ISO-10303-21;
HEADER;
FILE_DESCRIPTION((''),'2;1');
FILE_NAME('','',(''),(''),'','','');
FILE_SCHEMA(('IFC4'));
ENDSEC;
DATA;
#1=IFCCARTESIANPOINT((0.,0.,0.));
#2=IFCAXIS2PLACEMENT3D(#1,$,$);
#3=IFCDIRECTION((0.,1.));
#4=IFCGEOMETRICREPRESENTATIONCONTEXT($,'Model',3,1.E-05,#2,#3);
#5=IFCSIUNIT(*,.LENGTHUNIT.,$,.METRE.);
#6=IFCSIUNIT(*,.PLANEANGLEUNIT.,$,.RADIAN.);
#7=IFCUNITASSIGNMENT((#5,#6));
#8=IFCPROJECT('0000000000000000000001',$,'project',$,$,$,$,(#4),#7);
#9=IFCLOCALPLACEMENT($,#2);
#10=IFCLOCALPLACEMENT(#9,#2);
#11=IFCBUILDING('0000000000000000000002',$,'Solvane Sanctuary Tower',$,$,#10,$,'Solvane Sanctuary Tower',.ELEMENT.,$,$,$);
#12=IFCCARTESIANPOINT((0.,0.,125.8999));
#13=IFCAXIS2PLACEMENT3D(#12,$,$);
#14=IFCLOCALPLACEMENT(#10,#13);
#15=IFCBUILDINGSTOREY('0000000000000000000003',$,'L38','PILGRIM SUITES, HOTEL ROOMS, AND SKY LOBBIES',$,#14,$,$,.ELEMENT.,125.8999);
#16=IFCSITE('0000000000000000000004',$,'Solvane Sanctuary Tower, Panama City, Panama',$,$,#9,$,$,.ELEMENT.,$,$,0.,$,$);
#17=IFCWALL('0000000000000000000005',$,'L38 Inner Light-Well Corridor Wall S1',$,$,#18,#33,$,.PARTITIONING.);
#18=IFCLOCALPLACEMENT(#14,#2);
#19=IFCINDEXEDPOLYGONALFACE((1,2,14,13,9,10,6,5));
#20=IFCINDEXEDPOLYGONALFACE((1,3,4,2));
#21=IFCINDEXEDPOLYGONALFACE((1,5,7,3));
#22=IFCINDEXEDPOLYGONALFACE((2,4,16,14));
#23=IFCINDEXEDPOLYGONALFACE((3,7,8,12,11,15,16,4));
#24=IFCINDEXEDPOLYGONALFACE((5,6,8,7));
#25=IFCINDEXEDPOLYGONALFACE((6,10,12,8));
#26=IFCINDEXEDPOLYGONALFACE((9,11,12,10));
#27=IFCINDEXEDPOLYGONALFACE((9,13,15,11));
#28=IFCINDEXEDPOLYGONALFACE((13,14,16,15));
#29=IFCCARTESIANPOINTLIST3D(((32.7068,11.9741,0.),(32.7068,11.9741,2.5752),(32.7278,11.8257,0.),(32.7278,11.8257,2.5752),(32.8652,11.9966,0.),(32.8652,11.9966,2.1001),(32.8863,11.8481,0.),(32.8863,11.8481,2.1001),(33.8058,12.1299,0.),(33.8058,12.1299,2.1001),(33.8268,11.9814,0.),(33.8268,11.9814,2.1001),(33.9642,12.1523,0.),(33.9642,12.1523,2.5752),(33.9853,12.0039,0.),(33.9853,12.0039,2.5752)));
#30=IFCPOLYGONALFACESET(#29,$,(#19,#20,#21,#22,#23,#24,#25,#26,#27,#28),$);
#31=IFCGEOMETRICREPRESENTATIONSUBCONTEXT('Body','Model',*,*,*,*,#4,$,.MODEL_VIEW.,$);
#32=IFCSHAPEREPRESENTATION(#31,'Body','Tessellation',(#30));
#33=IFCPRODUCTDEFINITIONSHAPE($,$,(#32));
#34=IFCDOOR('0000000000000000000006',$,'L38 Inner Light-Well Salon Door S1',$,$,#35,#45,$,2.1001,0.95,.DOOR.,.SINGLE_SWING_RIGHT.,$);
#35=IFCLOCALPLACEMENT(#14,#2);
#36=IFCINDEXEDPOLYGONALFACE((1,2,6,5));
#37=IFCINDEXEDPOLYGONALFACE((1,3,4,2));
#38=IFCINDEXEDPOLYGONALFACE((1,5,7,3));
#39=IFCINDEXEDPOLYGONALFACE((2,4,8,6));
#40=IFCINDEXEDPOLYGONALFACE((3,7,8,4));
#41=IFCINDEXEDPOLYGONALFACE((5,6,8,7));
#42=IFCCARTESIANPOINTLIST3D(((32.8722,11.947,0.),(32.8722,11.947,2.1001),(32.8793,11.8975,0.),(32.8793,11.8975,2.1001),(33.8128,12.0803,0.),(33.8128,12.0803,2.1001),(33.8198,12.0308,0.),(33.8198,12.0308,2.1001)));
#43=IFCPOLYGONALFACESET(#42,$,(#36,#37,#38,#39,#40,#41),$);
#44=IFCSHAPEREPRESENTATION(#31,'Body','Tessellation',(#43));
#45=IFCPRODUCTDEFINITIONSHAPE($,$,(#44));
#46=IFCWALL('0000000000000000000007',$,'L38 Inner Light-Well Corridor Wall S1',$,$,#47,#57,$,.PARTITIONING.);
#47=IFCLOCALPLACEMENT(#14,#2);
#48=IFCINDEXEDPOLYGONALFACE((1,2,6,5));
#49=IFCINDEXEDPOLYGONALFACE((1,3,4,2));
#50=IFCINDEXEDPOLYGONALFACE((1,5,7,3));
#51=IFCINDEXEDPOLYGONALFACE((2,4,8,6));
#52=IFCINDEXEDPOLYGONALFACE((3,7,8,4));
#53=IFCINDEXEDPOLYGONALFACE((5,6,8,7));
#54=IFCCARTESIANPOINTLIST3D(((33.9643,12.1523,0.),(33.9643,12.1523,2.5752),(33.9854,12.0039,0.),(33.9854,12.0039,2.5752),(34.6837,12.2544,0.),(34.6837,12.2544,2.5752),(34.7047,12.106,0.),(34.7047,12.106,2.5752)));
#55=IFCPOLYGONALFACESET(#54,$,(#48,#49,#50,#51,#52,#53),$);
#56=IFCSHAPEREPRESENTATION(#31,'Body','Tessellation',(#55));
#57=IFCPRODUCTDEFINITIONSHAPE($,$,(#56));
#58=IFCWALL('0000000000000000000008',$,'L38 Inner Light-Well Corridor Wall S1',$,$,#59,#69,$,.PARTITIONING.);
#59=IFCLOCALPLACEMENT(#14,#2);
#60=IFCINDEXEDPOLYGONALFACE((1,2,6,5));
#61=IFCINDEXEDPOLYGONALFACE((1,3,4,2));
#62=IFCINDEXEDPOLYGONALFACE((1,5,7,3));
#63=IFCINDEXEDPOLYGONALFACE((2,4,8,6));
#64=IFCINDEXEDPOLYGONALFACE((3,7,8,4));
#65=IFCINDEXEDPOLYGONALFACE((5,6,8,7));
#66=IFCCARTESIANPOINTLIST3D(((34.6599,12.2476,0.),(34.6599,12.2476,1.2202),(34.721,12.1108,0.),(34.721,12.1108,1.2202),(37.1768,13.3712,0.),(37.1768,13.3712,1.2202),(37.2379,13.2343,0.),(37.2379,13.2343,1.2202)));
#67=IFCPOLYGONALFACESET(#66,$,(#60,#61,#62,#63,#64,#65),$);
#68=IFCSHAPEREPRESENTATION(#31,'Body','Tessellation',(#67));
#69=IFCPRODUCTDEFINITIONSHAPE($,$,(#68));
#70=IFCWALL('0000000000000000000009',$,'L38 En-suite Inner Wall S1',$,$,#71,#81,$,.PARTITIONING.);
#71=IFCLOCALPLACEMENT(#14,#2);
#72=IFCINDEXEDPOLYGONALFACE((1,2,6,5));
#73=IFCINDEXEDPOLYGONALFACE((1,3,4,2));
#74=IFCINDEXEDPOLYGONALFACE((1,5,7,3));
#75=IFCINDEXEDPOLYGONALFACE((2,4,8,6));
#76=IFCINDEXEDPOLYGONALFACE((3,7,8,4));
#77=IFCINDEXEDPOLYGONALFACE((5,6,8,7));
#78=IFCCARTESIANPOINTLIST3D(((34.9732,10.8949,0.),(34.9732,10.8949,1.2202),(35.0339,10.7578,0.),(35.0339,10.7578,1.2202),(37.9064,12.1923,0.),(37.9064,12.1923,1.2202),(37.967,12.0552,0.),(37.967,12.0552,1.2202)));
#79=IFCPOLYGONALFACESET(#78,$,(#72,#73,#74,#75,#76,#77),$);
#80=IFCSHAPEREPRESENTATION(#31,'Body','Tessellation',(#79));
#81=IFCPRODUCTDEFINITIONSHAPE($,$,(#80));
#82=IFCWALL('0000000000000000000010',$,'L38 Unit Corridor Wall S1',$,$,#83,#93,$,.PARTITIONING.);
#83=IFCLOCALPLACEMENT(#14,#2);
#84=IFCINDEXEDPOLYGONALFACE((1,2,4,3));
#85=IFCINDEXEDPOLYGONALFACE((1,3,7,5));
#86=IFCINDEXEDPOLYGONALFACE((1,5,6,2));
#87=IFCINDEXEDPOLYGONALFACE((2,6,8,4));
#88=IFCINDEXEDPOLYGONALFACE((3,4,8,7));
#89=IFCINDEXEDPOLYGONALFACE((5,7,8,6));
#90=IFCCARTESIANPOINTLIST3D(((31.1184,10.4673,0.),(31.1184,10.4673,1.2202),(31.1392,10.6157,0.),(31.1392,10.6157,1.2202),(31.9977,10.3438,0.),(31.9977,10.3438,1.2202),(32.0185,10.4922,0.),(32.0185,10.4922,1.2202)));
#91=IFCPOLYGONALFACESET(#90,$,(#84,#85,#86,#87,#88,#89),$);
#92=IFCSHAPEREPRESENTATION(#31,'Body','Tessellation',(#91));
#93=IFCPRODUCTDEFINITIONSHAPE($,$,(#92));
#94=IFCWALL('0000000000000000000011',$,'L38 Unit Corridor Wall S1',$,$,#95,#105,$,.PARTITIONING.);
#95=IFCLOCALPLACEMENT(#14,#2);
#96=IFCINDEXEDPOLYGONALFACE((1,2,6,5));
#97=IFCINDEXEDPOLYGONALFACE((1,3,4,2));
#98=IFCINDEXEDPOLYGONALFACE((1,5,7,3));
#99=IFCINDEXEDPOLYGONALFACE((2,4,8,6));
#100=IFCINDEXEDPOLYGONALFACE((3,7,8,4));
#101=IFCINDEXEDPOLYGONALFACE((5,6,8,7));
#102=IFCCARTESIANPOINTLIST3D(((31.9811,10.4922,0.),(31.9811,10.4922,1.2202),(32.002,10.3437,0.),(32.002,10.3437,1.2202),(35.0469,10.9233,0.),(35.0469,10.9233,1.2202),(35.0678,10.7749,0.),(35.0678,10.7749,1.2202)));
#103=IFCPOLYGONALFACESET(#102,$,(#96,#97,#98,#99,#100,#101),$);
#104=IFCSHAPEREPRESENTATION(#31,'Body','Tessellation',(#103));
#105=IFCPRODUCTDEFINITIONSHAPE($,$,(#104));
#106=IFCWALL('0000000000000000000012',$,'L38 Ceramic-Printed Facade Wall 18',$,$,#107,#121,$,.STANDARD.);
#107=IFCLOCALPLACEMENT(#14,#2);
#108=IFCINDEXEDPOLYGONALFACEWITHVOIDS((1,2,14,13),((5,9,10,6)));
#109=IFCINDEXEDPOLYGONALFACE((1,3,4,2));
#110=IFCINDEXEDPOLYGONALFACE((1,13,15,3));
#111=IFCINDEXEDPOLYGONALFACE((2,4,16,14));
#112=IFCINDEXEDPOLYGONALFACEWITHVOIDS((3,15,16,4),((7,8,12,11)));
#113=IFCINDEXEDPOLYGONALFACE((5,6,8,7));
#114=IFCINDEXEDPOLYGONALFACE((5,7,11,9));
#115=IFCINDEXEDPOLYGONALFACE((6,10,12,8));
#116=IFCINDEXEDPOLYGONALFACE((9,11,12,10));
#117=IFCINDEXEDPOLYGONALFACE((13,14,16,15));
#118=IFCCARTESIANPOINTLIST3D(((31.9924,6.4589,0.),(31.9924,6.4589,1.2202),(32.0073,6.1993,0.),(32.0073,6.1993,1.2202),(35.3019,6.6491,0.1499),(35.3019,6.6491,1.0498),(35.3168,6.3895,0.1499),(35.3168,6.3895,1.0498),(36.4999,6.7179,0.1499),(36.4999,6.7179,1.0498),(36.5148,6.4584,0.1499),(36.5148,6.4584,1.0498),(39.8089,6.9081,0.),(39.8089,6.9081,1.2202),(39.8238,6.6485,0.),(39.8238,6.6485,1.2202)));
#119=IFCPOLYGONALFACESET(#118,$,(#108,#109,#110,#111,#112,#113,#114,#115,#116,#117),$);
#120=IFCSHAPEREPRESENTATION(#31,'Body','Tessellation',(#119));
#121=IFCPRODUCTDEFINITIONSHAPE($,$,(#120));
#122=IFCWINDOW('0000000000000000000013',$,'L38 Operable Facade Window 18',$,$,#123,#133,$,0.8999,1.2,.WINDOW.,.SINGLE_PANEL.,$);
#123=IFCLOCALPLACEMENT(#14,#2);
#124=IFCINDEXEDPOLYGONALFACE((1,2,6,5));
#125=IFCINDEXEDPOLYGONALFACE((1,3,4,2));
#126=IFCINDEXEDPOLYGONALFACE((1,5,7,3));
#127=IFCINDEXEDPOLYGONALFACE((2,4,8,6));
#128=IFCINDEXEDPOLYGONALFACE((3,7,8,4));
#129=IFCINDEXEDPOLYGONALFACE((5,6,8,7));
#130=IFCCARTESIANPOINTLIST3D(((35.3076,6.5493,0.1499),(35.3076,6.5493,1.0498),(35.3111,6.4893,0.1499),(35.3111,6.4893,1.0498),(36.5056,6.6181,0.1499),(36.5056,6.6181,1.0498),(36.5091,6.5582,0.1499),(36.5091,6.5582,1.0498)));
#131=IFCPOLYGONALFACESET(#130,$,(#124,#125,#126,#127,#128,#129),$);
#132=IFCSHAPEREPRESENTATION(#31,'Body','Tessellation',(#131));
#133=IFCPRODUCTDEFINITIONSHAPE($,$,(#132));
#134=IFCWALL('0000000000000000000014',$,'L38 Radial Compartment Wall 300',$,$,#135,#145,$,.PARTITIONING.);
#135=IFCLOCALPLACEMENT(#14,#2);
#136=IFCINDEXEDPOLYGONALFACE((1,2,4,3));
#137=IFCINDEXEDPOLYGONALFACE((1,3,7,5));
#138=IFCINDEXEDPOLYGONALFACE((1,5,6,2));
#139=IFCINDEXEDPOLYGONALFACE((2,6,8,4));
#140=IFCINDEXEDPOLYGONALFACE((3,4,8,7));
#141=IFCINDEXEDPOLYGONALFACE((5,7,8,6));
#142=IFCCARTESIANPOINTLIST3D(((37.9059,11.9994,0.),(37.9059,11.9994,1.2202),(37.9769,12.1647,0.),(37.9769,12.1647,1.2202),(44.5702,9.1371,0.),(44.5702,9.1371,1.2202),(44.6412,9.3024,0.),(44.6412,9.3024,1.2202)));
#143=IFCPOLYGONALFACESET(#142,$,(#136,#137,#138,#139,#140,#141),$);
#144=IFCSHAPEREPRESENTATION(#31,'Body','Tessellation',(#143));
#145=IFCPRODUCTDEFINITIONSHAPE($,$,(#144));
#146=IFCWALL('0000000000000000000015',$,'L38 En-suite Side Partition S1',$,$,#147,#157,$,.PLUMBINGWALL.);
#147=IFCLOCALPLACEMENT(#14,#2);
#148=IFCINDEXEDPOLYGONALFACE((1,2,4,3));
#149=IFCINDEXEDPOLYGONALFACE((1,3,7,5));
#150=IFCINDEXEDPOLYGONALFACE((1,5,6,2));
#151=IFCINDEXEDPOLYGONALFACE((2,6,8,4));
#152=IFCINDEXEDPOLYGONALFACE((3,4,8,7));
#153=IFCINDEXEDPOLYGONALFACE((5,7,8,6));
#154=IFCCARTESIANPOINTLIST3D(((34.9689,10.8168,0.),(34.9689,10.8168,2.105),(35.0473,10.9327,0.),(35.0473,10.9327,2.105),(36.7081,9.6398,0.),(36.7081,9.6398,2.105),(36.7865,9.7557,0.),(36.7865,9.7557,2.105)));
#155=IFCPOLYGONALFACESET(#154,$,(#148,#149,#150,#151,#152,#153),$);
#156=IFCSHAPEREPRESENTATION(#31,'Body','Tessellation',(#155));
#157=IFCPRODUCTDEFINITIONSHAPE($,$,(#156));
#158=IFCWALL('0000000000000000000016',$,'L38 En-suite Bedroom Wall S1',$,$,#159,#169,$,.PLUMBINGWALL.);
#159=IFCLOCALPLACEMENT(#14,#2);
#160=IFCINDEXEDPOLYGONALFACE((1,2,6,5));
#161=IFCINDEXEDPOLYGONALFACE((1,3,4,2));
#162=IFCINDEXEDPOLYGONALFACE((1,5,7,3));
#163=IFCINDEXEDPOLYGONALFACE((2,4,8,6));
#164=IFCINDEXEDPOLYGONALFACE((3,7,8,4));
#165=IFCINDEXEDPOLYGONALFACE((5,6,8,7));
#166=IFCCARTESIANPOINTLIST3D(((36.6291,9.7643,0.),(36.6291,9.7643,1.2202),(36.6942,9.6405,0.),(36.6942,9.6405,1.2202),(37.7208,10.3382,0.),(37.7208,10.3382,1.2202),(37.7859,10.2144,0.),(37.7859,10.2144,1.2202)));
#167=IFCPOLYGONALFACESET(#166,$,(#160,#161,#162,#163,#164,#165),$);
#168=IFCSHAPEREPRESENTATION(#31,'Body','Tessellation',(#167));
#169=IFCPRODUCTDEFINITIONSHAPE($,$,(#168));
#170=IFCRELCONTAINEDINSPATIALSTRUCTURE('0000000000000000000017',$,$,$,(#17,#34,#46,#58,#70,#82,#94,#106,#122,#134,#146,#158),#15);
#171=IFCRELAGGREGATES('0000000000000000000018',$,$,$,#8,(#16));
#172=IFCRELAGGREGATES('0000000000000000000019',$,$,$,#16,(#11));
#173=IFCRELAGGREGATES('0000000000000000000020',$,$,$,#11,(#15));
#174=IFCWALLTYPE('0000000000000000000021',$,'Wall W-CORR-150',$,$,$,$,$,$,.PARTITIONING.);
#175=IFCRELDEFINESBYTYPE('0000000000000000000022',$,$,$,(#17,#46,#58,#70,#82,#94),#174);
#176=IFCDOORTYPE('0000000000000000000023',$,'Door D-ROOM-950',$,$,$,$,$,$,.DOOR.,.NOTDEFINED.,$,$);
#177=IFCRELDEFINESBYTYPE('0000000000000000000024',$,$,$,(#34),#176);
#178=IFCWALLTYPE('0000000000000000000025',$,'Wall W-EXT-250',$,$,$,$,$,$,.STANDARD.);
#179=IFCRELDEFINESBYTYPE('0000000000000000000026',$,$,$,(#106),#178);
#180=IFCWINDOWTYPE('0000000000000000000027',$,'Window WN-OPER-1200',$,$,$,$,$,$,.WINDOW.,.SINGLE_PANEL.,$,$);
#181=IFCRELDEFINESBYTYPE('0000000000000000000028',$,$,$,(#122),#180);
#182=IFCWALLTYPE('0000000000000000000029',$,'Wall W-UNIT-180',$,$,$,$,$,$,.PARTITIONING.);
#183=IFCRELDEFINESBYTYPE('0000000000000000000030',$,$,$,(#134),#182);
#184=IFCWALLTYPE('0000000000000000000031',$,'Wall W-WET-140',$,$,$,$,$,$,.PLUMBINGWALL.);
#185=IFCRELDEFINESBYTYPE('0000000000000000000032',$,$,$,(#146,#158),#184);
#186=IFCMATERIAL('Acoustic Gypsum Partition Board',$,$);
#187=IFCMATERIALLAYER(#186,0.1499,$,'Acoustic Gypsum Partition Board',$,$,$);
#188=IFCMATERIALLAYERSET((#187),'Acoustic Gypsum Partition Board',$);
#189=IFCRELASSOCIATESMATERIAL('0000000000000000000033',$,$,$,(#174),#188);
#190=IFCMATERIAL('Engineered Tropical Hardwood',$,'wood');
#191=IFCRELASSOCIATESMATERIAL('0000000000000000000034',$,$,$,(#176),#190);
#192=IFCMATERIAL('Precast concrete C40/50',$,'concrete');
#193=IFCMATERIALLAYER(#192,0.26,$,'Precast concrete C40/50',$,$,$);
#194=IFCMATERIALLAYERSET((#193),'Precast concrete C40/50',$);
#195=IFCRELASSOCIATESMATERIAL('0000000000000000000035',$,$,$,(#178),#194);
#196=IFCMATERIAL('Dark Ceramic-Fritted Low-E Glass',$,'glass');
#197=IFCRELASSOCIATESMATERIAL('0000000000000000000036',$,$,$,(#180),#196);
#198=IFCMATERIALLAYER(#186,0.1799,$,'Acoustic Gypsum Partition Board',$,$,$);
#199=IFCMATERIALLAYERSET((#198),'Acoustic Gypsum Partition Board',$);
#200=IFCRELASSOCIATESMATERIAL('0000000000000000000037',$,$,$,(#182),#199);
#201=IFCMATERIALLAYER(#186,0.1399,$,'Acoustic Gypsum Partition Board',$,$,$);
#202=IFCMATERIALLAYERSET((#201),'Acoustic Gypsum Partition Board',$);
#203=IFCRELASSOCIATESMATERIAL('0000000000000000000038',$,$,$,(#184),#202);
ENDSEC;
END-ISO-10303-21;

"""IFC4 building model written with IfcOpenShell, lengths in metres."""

from ifc_helpers import new_model, si_unit, direction, frame, frame_2d, origin, place, context, subcontext, project, spatial, rectangle, extrude, material, layer, layer_set, type_object, element, fill, save


model = new_model("IFC4")

# Units and contexts
model_context = context("Model", 3, precision=1e-05, world=origin(), true_north=direction((0.0, 1.0)))
body_context = subcontext(model_context, "Body", "Model", "MODEL_VIEW")
ifc_project = project(units=[si_unit("LENGTHUNIT", "METRE"), si_unit("PLANEANGLEUNIT", "RADIAN")], contexts=[model_context])

# Site, building, storey
site_placement = place(None, origin())
site = spatial("IfcSite", under=ifc_project, at=site_placement, Name="Solvane Sanctuary Tower, Panama City, Panama", CompositionType="ELEMENT", RefElevation=0.0)
building_placement = place(site_placement, origin())
building = spatial("IfcBuilding", under=site, at=building_placement, Name="Solvane Sanctuary Tower", LongName="Solvane Sanctuary Tower", CompositionType="ELEMENT")
storey_placement = place(building_placement, frame((0.0, 0.0, 125.8999)))
storey = spatial("IfcBuildingStorey", under=building, at=storey_placement, Name="L38", Description="PILGRIM SUITES, HOTEL ROOMS, AND SKY LOBBIES", CompositionType="ELEMENT", Elevation=125.8999)

# Shared definitions
ifc_material_1 = material(Name="Acoustic Gypsum Partition Board")
ifc_layer_1 = layer(ifc_material_1, 0.1499, Name="Acoustic Gypsum Partition Board")
ifc_layer_set_1 = layer_set([ifc_layer_1], Name="Acoustic Gypsum Partition Board")
wall_type_1 = type_object("IfcWallType", Name="Wall W-CORR-150", PredefinedType="PARTITIONING", material=ifc_layer_set_1)

# Wall, opening, door
wall_1_placement = place(storey_placement, frame((32.7173, 11.8999, 0.0), z_axis=(0.0, 0.0, 1.0), x_axis=(0.990106, 0.140318, 0.0)))
wall_1 = element("IfcWall", 1, at=wall_1_placement, inside=storey, type_object=wall_type_1, Name="L38 Inner Light-Well Corridor Wall S1", PredefinedType="PARTITIONING", context=body_context, shape_type="SweptSolid", body=[
    extrude(rectangle(XDim=1.27, YDim=0.1499, at=frame_2d((0.635, 0.0))), origin(), (0.0, 0.0, 1.0), 2.5752),
])
opening_1_placement = place(wall_1_placement, frame((0.1599, 0.0, 0.0)))
opening_1 = element("IfcOpeningElement", 2, at=opening_1_placement, cuts=wall_1, PredefinedType="OPENING", context=body_context, shape_type="SweptSolid", body=[
    extrude(rectangle(XDim=0.95, YDim=2.1001, at=frame_2d((0.4751, 1.05))), frame((0.0, 0.085, 0.0), z_axis=(0.0, -1.0, 0.0), x_axis=(1.0, 0.0, 0.0)), (0.0, 0.0, 1.0), 0.1699),
])
ifc_material_2 = material(Name="Engineered Tropical Hardwood", Category="wood")
door_type_1 = type_object("IfcDoorType", Name="Door D-ROOM-950", OperationType="NOTDEFINED", PredefinedType="DOOR", material=ifc_material_2)
door_1_placement = place(opening_1_placement, origin())
door_1 = element("IfcDoor", 3, at=door_1_placement, inside=storey, type_object=door_type_1, Name="L38 Inner Light-Well Salon Door S1", OperationType="SINGLE_SWING_RIGHT", OverallHeight=2.1001, OverallWidth=0.95, PredefinedType="DOOR", context=body_context, shape_type="SweptSolid", body=[
    extrude(rectangle(XDim=0.95, YDim=2.1001, at=frame_2d((0.4751, 1.05))), frame((0.0, 0.0249, 0.0), z_axis=(0.0, -1.0, 0.0), x_axis=(1.0, 0.0, 0.0)), (0.0, 0.0, 1.0), 0.05),
])
fill(opening_1, door_1)

# Walls
wall_2_placement = place(storey_placement, frame((33.9749, 12.0781, 0.0), z_axis=(0.0, 0.0, 1.0), x_axis=(0.990083, 0.14048, 0.0)))
element("IfcWall", 4, at=wall_2_placement, inside=storey, type_object=wall_type_1, Name="L38 Inner Light-Well Corridor Wall S1", PredefinedType="PARTITIONING", context=body_context, shape_type="SweptSolid", body=[
    extrude(rectangle(XDim=0.7266, YDim=0.1499, at=frame_2d((0.3633, 0.0))), origin(), (0.0, 0.0, 1.0), 2.5752),
])
wall_3_placement = place(storey_placement, frame((34.6904, 12.1792, 0.0), z_axis=(0.0, 0.0, 1.0), x_axis=(0.913146, 0.407634, 0.0)))
element("IfcWall", 5, at=wall_3_placement, inside=storey, type_object=wall_type_1, Name="L38 Inner Light-Well Corridor Wall S1", PredefinedType="PARTITIONING", context=body_context, shape_type="SweptSolid", body=[
    extrude(rectangle(XDim=2.7563, YDim=0.1499, at=frame_2d((1.3782, 0.0))), origin(), (0.0, 0.0, 1.0), 1.2202),
])
wall_4_placement = place(storey_placement, frame((35.0037, 10.8264, 0.0), z_axis=(0.0, 0.0, 1.0), x_axis=(0.914532, 0.404513, 0.0)))
element("IfcWall", 6, at=wall_4_placement, inside=storey, type_object=wall_type_1, Name="L38 En-suite Inner Wall S1", PredefinedType="PARTITIONING", context=body_context, shape_type="SweptSolid", body=[
    extrude(rectangle(XDim=3.2073, YDim=0.1499, at=frame_2d((1.6035, 0.0))), origin(), (0.0, 0.0, 1.0), 1.2202),
])
wall_5_placement = place(storey_placement, frame((31.1289, 10.5415, 0.0), z_axis=(0.0, 0.0, 1.0), x_axis=(0.990277, -0.139112, 0.0)))
element("IfcWall", 7, at=wall_5_placement, inside=storey, type_object=wall_type_1, Name="L38 Unit Corridor Wall S1", PredefinedType="PARTITIONING", context=body_context, shape_type="SweptSolid", body=[
    extrude(rectangle(XDim=0.8879, YDim=0.1499, at=frame_2d((0.4438, 0.0))), origin(), (0.0, 0.0, 1.0), 1.2202),
])
wall_6_placement = place(storey_placement, frame((31.9917, 10.418, 0.0), z_axis=(0.0, 0.0, 1.0), x_axis=(0.990255, 0.139268, 0.0)))
element("IfcWall", 8, at=wall_6_placement, inside=storey, type_object=wall_type_1, Name="L38 Unit Corridor Wall S1", PredefinedType="PARTITIONING", context=body_context, shape_type="SweptSolid", body=[
    extrude(rectangle(XDim=3.0959, YDim=0.1499, at=frame_2d((1.5479, 0.0))), origin(), (0.0, 0.0, 1.0), 1.2202),
])

# Wall, opening, window
ifc_material_3 = material(Name="Precast concrete C40/50", Category="concrete")
ifc_layer_2 = layer(ifc_material_3, 0.26, Name="Precast concrete C40/50")
ifc_layer_set_2 = layer_set([ifc_layer_2], Name="Precast concrete C40/50")
wall_type_2 = type_object("IfcWallType", Name="Wall W-EXT-250", PredefinedType="STANDARD", material=ifc_layer_set_2)
wall_7_placement = place(storey_placement, frame((32.0, 6.3291, 0.0), z_axis=(0.0, 0.0, 1.0), x_axis=(0.998353, 0.057377, 0.0)))
wall_7 = element("IfcWall", 9, at=wall_7_placement, inside=storey, type_object=wall_type_2, Name="L38 Ceramic-Printed Facade Wall 18", PredefinedType="STANDARD", context=body_context, shape_type="SweptSolid", body=[
    extrude(rectangle(XDim=7.8293, YDim=0.26, at=frame_2d((3.9146, 0.0))), origin(), (0.0, 0.0, 1.0), 1.2202),
])
opening_2_placement = place(wall_7_placement, frame((3.3147, 0.0, 0.1499)))
opening_2 = element("IfcOpeningElement", 10, at=opening_2_placement, cuts=wall_7, PredefinedType="OPENING", context=body_context, shape_type="SweptSolid", body=[
    extrude(rectangle(XDim=1.2, YDim=0.8999, at=frame_2d((0.6001, 0.45))), frame((0.0, 0.1399, 0.0), z_axis=(0.0, -1.0, 0.0), x_axis=(1.0, 0.0, 0.0)), (0.0, 0.0, 1.0), 0.28),
])
ifc_material_4 = material(Name="Dark Ceramic-Fritted Low-E Glass", Category="glass")
window_type = type_object("IfcWindowType", Name="Window WN-OPER-1200", PartitioningType="SINGLE_PANEL", PredefinedType="WINDOW", material=ifc_material_4)
window_placement = place(opening_2_placement, origin())
window = element("IfcWindow", 11, at=window_placement, inside=storey, type_object=window_type, Name="L38 Operable Facade Window 18", OverallHeight=0.8999, OverallWidth=1.2, PartitioningType="SINGLE_PANEL", PredefinedType="WINDOW", context=body_context, shape_type="SweptSolid", body=[
    extrude(rectangle(XDim=1.2, YDim=0.8999, at=frame_2d((0.6001, 0.45))), frame((0.0, 0.03, 0.0), z_axis=(0.0, -1.0, 0.0), x_axis=(1.0, 0.0, 0.0)), (0.0, 0.0, 1.0), 0.0601),
])
fill(opening_2, window)

# Walls
ifc_layer_3 = layer(ifc_material_1, 0.1799, Name="Acoustic Gypsum Partition Board")
ifc_layer_set_3 = layer_set([ifc_layer_3], Name="Acoustic Gypsum Partition Board")
wall_type_3 = type_object("IfcWallType", Name="Wall W-UNIT-180", PredefinedType="PARTITIONING", material=ifc_layer_set_3)
wall_8_placement = place(storey_placement, frame((37.9414, 12.082, 0.0), z_axis=(0.0, 0.0, 1.0), x_axis=(0.918837, -0.394638, 0.0)))
element("IfcWall", 12, at=wall_8_placement, inside=storey, type_object=wall_type_3, Name="L38 Radial Compartment Wall 300", PredefinedType="PARTITIONING", context=body_context, shape_type="SweptSolid", body=[
    extrude(rectangle(XDim=7.2529, YDim=0.1799, at=frame_2d((3.6265, 0.0))), origin(), (0.0, 0.0, 1.0), 1.2202),
])
ifc_layer_4 = layer(ifc_material_1, 0.1399, Name="Acoustic Gypsum Partition Board")
ifc_layer_set_4 = layer_set([ifc_layer_4], Name="Acoustic Gypsum Partition Board")
wall_type_4 = type_object("IfcWallType", Name="Wall W-WET-140", PredefinedType="PLUMBINGWALL", material=ifc_layer_set_4)
wall_9_placement = place(storey_placement, frame((35.0081, 10.8748, 0.0), z_axis=(0.0, 0.0, 1.0), x_axis=(0.828185, -0.560455, 0.0)))
element("IfcWall", 13, at=wall_9_placement, inside=storey, type_object=wall_type_4, Name="L38 En-suite Side Partition S1", PredefinedType="PLUMBINGWALL", context=body_context, shape_type="SweptSolid", body=[
    extrude(rectangle(XDim=2.1001, YDim=0.1399, at=frame_2d((1.05, 0.0))), origin(), (0.0, 0.0, 1.0), 2.105),
])
wall_10_placement = place(storey_placement, frame((36.6616, 9.7024, 0.0), z_axis=(0.0, 0.0, 1.0), x_axis=(0.885137, 0.46533, 0.0)))
element("IfcWall", 14, at=wall_10_placement, inside=storey, type_object=wall_type_4, Name="L38 En-suite Bedroom Wall S1", PredefinedType="PLUMBINGWALL", context=body_context, shape_type="SweptSolid", body=[
    extrude(rectangle(XDim=1.2334, YDim=0.1399, at=frame_2d((0.6167, 0.0))), origin(), (0.0, 0.0, 1.0), 1.2202),
])

save(model, "model.ifc")
